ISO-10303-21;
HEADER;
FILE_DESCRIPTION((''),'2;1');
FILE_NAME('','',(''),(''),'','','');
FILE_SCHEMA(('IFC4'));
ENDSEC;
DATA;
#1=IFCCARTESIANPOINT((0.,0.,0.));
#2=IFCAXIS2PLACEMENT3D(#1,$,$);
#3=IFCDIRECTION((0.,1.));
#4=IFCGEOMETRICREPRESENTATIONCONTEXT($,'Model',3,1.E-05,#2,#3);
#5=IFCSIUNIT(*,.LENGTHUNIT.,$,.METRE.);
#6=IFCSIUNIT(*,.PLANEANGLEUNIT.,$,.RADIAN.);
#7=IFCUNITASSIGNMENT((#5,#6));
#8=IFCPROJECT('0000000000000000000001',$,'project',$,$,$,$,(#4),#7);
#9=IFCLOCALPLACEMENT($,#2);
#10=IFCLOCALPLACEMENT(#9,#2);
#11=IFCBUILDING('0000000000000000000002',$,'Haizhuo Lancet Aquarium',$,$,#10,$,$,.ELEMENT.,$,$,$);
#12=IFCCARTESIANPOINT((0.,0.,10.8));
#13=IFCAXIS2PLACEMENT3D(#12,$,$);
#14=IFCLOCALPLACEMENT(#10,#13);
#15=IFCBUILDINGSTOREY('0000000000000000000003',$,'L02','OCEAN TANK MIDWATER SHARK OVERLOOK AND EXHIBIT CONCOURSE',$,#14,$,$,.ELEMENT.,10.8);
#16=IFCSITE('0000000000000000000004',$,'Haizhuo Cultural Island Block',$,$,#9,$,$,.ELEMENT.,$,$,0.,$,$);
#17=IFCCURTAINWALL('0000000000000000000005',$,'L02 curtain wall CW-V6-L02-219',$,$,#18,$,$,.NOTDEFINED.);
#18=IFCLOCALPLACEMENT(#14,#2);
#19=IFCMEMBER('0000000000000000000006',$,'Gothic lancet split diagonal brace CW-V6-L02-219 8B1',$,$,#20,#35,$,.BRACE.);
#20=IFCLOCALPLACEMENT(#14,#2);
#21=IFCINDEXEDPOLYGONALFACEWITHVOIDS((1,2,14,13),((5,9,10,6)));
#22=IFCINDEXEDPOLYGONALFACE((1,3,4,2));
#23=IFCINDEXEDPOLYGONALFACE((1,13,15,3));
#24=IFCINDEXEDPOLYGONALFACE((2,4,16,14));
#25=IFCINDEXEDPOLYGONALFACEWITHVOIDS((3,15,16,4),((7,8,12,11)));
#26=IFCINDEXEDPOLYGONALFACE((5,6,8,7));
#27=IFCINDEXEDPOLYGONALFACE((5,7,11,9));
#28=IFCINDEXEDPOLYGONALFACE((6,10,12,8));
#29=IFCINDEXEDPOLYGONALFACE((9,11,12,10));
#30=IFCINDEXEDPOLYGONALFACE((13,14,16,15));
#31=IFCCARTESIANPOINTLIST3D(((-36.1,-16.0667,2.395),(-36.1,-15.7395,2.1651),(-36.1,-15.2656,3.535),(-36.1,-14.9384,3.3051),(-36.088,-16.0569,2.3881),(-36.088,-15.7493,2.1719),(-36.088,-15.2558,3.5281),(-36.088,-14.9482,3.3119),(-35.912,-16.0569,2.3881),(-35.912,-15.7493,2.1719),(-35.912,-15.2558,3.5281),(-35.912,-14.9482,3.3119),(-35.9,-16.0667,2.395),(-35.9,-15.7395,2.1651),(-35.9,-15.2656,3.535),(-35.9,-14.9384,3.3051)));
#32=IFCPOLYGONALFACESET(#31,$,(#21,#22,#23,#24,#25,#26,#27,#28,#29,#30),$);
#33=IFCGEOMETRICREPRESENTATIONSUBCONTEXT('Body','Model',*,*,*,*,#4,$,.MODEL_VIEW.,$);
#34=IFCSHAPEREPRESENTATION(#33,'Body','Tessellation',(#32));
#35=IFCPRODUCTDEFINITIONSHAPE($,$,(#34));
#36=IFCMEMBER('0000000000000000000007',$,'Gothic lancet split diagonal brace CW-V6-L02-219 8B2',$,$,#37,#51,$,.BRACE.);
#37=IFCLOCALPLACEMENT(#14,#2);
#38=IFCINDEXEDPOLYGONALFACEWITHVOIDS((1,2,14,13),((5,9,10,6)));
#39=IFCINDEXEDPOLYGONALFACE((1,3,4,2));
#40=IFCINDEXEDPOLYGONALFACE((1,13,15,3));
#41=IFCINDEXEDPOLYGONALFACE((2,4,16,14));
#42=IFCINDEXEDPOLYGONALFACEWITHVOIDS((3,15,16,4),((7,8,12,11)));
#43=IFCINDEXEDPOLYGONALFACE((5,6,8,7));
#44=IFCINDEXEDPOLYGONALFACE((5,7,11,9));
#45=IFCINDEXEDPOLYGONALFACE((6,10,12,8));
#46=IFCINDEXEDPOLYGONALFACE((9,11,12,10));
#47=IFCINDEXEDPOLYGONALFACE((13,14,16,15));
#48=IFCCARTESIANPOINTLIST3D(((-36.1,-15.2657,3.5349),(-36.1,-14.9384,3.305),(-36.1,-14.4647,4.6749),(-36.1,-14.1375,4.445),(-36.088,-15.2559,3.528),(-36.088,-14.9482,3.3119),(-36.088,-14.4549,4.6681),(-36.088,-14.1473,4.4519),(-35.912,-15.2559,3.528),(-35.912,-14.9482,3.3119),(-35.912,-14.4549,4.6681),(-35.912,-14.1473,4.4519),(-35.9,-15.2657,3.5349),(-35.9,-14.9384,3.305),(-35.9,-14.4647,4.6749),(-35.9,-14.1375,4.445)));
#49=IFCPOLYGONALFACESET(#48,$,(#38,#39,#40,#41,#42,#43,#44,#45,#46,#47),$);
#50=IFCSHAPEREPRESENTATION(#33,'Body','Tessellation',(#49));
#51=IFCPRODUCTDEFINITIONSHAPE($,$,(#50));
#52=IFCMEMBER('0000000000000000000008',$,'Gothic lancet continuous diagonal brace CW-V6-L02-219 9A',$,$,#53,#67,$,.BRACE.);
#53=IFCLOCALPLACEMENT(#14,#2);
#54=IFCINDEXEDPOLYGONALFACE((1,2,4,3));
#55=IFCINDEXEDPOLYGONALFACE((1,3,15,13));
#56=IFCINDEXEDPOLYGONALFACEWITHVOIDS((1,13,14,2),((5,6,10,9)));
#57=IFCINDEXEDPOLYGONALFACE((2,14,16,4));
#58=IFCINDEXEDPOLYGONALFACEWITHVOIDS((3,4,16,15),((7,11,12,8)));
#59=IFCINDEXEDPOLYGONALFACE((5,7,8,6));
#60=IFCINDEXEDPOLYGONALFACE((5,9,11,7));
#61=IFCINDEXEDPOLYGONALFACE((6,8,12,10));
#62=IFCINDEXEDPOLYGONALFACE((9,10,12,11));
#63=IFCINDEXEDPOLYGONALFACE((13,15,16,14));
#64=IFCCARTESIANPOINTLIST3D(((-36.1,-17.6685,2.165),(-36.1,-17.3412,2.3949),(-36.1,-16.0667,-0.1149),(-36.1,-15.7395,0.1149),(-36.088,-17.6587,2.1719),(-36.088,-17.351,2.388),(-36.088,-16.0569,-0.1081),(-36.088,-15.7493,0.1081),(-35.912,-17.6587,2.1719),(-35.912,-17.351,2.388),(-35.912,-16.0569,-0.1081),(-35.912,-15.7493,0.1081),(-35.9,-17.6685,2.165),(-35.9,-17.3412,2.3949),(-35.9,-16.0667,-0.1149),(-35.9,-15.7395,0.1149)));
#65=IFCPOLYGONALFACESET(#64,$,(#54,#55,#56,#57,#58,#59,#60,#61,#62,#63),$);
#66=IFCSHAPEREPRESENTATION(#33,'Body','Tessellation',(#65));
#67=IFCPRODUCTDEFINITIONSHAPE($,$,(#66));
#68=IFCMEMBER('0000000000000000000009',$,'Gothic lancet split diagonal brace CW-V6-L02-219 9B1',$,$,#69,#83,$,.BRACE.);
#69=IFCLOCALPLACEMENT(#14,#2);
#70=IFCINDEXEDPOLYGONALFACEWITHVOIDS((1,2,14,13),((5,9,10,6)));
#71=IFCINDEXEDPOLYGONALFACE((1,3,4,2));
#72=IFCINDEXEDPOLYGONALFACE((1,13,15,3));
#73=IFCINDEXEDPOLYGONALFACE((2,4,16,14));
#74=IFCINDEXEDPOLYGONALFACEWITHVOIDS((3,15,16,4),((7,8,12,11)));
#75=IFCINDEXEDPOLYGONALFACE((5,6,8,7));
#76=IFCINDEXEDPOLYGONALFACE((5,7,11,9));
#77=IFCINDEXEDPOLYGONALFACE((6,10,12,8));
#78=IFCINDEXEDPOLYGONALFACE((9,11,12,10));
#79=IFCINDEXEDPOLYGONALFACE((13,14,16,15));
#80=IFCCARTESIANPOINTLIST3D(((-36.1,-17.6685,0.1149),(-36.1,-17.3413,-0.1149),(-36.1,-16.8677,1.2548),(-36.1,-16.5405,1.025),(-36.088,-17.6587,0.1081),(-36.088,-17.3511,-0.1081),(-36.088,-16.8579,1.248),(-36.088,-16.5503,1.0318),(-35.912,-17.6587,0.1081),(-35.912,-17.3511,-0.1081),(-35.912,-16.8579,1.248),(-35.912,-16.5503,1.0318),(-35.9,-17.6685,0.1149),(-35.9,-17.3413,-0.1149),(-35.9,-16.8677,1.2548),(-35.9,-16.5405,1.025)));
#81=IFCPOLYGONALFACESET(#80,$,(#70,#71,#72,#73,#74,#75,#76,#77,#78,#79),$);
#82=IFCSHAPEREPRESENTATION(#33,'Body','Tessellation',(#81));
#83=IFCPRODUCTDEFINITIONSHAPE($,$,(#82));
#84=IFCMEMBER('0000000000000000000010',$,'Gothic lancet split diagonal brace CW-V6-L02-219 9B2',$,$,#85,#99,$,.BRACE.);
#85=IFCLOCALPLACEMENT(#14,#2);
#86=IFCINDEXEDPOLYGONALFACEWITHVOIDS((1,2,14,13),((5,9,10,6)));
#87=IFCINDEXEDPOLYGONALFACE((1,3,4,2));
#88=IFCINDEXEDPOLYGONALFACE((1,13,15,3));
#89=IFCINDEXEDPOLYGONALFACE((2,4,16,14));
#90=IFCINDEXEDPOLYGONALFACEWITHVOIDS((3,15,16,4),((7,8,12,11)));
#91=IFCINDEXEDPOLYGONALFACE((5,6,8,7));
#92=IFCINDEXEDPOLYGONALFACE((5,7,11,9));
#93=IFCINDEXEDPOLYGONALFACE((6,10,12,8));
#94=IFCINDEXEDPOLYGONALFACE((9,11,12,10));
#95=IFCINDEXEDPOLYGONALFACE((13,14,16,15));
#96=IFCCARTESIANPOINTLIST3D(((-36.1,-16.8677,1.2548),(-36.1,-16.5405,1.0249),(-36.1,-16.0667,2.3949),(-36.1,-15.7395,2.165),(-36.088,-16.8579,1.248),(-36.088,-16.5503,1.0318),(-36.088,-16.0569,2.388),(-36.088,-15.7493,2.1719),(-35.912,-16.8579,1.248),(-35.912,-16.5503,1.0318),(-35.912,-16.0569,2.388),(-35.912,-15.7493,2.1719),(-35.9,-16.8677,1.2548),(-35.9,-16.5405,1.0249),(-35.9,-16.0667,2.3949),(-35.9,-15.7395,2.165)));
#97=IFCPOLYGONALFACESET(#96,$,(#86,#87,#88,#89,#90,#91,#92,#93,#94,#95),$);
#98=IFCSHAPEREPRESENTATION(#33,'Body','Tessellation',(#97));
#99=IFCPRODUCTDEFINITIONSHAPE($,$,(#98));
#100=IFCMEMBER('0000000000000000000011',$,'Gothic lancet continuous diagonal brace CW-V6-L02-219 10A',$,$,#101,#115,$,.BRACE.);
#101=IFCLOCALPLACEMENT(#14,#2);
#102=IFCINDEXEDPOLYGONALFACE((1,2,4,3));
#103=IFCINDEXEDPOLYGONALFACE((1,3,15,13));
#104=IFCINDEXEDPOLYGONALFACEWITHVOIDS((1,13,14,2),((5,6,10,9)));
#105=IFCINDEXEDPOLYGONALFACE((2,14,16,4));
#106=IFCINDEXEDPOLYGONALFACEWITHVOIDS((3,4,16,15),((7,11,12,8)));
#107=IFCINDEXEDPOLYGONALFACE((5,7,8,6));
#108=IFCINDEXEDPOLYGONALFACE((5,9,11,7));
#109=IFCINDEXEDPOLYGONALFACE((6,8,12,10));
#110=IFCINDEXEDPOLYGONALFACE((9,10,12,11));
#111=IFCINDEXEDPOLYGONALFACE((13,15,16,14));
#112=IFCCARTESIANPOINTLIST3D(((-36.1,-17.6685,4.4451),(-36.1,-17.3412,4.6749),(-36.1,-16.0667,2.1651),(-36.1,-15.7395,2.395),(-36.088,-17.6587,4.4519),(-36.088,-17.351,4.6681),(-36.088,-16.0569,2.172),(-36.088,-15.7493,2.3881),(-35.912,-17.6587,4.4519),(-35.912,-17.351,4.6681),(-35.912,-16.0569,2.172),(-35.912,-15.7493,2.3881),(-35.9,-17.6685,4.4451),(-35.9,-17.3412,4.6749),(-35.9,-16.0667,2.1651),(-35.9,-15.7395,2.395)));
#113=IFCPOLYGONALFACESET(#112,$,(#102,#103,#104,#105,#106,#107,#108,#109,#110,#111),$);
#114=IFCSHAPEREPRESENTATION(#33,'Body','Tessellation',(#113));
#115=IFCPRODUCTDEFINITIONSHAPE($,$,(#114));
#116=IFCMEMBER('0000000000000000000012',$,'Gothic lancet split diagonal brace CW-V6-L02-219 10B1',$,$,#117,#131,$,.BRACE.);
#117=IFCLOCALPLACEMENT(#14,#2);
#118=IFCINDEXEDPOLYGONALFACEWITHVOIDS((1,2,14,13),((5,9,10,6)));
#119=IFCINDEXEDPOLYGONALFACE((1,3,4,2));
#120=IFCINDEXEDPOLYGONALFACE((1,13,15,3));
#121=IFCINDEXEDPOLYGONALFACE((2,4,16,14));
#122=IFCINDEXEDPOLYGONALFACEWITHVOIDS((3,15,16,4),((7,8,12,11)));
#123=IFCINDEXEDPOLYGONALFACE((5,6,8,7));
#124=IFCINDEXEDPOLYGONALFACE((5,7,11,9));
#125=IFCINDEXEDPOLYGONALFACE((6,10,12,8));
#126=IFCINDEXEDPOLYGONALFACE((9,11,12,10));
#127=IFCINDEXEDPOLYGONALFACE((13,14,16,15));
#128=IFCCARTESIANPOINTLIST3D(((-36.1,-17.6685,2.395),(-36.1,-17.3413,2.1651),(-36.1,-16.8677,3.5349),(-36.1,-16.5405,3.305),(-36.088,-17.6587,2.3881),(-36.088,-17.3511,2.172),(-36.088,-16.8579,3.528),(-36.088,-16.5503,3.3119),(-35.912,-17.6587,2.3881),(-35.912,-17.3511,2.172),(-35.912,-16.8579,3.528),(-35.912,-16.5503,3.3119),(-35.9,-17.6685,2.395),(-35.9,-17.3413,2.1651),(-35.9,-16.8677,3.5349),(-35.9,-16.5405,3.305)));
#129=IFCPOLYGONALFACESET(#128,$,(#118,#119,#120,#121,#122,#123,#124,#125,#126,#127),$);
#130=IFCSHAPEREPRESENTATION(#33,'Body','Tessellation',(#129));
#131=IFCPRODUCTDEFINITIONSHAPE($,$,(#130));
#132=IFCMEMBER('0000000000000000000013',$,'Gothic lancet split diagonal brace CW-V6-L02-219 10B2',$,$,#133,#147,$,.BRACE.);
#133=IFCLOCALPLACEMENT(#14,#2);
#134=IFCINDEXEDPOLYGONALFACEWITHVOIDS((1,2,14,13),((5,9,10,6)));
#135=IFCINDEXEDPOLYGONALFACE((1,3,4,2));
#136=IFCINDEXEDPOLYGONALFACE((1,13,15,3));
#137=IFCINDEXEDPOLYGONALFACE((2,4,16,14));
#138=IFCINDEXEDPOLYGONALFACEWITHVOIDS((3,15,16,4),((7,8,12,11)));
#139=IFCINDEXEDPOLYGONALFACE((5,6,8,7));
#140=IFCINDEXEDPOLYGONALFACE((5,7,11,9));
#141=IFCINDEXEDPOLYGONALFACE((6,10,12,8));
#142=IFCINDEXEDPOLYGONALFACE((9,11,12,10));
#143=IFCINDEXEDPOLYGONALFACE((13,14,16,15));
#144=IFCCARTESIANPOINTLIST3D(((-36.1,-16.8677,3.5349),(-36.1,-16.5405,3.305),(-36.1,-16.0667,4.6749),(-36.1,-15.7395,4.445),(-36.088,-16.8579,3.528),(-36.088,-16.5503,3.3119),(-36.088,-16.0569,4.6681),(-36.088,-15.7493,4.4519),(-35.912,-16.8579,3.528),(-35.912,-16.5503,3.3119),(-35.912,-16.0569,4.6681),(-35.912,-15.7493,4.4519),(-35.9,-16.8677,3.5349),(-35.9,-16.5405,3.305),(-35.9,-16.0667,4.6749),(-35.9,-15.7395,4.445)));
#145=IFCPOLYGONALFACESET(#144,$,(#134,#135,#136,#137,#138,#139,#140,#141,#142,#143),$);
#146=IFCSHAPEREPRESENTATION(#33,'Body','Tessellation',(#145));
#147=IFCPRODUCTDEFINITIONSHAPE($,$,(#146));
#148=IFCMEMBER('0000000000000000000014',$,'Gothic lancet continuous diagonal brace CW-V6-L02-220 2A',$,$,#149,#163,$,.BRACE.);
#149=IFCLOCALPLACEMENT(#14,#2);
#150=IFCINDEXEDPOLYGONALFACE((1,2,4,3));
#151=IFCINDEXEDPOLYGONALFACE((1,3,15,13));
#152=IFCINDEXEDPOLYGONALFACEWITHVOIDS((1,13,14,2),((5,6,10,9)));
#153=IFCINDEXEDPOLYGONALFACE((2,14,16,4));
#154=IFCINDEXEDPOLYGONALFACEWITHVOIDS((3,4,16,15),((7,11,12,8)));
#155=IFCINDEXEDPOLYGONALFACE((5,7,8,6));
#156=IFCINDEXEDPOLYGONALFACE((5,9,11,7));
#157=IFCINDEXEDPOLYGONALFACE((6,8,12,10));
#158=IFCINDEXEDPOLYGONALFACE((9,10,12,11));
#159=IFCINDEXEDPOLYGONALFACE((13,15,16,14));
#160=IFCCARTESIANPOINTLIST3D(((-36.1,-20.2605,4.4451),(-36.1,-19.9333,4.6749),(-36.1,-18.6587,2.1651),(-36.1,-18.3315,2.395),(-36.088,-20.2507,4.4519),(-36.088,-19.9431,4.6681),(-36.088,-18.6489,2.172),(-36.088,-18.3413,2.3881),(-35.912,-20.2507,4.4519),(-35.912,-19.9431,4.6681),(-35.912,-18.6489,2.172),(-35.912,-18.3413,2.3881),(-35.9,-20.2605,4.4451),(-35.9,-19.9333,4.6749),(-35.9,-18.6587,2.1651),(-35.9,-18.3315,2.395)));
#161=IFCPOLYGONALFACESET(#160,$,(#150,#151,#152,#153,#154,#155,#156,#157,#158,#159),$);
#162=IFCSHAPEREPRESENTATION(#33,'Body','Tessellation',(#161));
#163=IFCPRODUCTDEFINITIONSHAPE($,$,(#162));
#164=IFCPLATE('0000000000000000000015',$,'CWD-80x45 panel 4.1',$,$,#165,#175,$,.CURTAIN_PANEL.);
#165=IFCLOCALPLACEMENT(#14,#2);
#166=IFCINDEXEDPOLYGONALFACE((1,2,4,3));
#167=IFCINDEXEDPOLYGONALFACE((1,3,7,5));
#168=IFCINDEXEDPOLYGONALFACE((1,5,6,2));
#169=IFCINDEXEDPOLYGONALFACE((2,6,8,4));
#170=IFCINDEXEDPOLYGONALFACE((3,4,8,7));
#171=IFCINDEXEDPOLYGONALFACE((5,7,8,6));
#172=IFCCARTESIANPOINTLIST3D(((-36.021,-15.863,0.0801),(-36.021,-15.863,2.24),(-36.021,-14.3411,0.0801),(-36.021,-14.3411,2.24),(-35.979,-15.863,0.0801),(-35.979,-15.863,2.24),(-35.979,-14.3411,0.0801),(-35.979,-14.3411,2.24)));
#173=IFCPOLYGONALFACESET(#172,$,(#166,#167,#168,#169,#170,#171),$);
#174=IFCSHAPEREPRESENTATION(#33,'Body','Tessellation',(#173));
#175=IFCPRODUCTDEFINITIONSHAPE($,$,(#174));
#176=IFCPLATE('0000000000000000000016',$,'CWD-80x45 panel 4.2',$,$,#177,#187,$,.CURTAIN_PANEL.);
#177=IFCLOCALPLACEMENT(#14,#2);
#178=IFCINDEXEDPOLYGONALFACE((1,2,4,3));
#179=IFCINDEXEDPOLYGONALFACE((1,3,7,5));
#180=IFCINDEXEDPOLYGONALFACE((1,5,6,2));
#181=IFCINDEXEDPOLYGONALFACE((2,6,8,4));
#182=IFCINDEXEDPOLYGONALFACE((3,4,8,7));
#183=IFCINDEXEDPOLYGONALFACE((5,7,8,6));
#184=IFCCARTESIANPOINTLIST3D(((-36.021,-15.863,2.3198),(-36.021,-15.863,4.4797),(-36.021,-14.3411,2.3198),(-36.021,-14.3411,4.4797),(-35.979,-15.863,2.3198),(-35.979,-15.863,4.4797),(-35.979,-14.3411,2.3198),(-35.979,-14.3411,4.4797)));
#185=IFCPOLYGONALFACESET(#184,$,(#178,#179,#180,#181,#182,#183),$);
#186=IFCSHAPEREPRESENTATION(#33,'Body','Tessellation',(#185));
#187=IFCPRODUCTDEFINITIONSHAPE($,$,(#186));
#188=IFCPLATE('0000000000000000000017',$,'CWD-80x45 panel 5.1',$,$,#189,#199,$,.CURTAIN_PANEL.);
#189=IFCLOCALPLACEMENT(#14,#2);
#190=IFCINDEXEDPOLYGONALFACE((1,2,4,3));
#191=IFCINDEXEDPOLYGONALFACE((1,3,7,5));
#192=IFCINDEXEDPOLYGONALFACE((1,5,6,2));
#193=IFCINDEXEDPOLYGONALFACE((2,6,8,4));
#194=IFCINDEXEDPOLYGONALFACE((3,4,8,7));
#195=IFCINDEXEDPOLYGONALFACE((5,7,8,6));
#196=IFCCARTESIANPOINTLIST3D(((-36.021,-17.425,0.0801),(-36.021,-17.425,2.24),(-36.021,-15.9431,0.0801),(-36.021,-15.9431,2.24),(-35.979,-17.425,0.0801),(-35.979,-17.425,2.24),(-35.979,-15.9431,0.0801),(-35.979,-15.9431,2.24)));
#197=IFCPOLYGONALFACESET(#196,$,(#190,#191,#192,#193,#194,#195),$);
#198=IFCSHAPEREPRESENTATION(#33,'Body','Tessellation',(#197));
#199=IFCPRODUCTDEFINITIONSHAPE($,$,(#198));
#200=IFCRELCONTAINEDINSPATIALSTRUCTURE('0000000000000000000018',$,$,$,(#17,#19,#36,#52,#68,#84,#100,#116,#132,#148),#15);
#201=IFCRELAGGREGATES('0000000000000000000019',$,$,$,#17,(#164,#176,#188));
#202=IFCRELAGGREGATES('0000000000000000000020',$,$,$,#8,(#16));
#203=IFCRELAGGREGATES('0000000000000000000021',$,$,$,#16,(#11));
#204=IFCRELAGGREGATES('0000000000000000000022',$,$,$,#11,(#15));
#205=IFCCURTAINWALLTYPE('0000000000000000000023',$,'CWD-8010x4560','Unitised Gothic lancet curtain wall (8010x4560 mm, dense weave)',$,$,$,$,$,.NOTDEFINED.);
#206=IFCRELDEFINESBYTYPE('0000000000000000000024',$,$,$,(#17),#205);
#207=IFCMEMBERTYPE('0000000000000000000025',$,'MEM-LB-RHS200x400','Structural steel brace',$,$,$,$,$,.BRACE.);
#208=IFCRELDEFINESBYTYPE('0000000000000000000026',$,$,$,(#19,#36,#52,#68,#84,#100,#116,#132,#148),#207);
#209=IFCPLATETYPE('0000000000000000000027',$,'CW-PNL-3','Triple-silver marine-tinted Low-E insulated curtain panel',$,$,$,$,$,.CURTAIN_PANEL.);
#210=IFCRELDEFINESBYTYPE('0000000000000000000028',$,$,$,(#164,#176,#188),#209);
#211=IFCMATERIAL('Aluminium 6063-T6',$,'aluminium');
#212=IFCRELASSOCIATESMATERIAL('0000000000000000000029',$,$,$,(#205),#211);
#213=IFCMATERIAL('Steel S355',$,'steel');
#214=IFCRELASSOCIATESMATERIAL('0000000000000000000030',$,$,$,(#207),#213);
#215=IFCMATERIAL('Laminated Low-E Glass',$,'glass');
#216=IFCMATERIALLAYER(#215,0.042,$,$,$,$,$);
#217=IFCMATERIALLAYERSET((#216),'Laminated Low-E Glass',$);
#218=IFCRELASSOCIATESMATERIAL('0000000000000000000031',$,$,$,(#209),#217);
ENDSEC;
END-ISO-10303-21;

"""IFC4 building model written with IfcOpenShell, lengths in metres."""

from ifc_helpers import new_model, si_unit, direction, frame, origin, origin_2d, place, context, subcontext, project, spatial, rectangle, hollow_rectangle, extrude, material, layer, layer_set, material_profile, profile_set, type_object, element, aggregate, save


model = new_model("IFC4")

# Units and contexts
model_context = context("Model", 3, precision=1e-05, world=origin(), true_north=direction((0.0, 1.0)))
body_context = subcontext(model_context, "Body", "Model", "MODEL_VIEW")
ifc_project = project(units=[si_unit("LENGTHUNIT", "METRE"), si_unit("PLANEANGLEUNIT", "RADIAN")], contexts=[model_context])

# Site, building, storey
site_placement = place(None, origin())
site = spatial("IfcSite", under=ifc_project, at=site_placement, Name="Haizhuo Cultural Island Block", CompositionType="ELEMENT", RefElevation=0.0)
building_placement = place(site_placement, origin())
building = spatial("IfcBuilding", under=site, at=building_placement, Name="Haizhuo Lancet Aquarium", CompositionType="ELEMENT")
storey_placement = place(building_placement, frame((0.0, 0.0, 10.8)))
storey = spatial("IfcBuildingStorey", under=building, at=storey_placement, Name="L02", Description="OCEAN TANK MIDWATER SHARK OVERLOOK AND EXHIBIT CONCOURSE", CompositionType="ELEMENT", Elevation=10.8)

# Shared definitions
ifc_material_1 = material(Name="Steel S355", Category="steel")

# Curtain wall
ifc_material_2 = material(Name="Aluminium 6063-T6", Category="aluminium")
curtain_wall_type = type_object("IfcCurtainWallType", Name="CWD-8010x4560", Description="Unitised Gothic lancet curtain wall (8010x4560 mm, dense weave)", PredefinedType="NOTDEFINED", material=ifc_material_2)
curtain_wall_placement = place(storey_placement, origin())
curtain_wall = element("IfcCurtainWall", 1, at=curtain_wall_placement, inside=storey, type_object=curtain_wall_type, Name="L02 curtain wall CW-V6-L02-219", PredefinedType="NOTDEFINED")

# Members
ifc_material_profile_1 = material_profile(ifc_material_1, hollow_rectangle(XDim=0.2, YDim=0.3999, WallThickness=0.012, at=origin_2d()), Name="RHS 200x400x12")
ifc_profile_set_1 = profile_set([ifc_material_profile_1], Name="Steel S355")
member_type_1 = type_object("IfcMemberType", Name="MEM-LB-RHS200x400", Description="Structural steel brace", PredefinedType="BRACE", material=ifc_profile_set_1)
for number, where, z_axis, x_axis, name in (
    (2, (-36.0, -15.9031, 2.28), (0.0, 0.574955, 0.818185), (-1.0, 0.0, 0.0), "Gothic lancet split diagonal brace CW-V6-L02-219 8B1"),
    (3, (-36.0, -15.1021, 3.4199), (0.0, 0.574873, 0.818243), (-1.0, 0.0, 0.0), "Gothic lancet split diagonal brace CW-V6-L02-219 8B2"),
):
    element("IfcMember", number, at=place(storey_placement, frame(where, z_axis=z_axis, x_axis=x_axis)), inside=storey, type_object=member_type_1, Name=name, PredefinedType="BRACE", context=body_context, shape_type="SweptSolid", body=[
        extrude(hollow_rectangle(XDim=0.2, YDim=0.3999, WallThickness=0.012, at=origin_2d()), origin(), (0.0, 0.0, 1.0), 1.3933),
    ])
member_1_placement = place(storey_placement, frame((-36.0, -15.9031, 0.0), z_axis=(0.0, -0.574855, 0.818255), x_axis=(1.0, 0.0, 0.0)))
element("IfcMember", 4, at=member_1_placement, inside=storey, type_object=member_type_1, Name="Gothic lancet continuous diagonal brace CW-V6-L02-219 9A", PredefinedType="BRACE", context=body_context, shape_type="SweptSolid", body=[
    extrude(hollow_rectangle(XDim=0.2, YDim=0.3999, WallThickness=0.012, at=origin_2d()), origin(), (0.0, 0.0, 1.0), 2.7864),
])
member_2_placement = place(storey_placement, frame((-36.0, -17.5049, 0.0), z_axis=(0.0, 0.574838, 0.818267), x_axis=(-1.0, 0.0, 0.0)))
element("IfcMember", 5, at=member_2_placement, inside=storey, type_object=member_type_1, Name="Gothic lancet split diagonal brace CW-V6-L02-219 9B1", PredefinedType="BRACE", context=body_context, shape_type="SweptSolid", body=[
    extrude(hollow_rectangle(XDim=0.2, YDim=0.3999, WallThickness=0.012, at=origin_2d()), origin(), (0.0, 0.0, 1.0), 1.3931),
])
member_3_placement = place(storey_placement, frame((-36.0, -16.7041, 1.1399), z_axis=(0.0, 0.574873, 0.818243), x_axis=(-1.0, 0.0, 0.0)))
element("IfcMember", 6, at=member_3_placement, inside=storey, type_object=member_type_1, Name="Gothic lancet split diagonal brace CW-V6-L02-219 9B2", PredefinedType="BRACE", context=body_context, shape_type="SweptSolid", body=[
    extrude(hollow_rectangle(XDim=0.2, YDim=0.3999, WallThickness=0.012, at=origin_2d()), origin(), (0.0, 0.0, 1.0), 1.3933),
])
member_4_placement = place(storey_placement, frame((-36.0, -15.9031, 2.28), z_axis=(0.0, -0.574855, 0.818255), x_axis=(1.0, 0.0, 0.0)))
element("IfcMember", 7, at=member_4_placement, inside=storey, type_object=member_type_1, Name="Gothic lancet continuous diagonal brace CW-V6-L02-219 10A", PredefinedType="BRACE", context=body_context, shape_type="SweptSolid", body=[
    extrude(hollow_rectangle(XDim=0.2, YDim=0.3999, WallThickness=0.012, at=origin_2d()), origin(), (0.0, 0.0, 1.0), 2.7864),
])
member_5_placement = place(storey_placement, frame((-36.0, -17.5049, 2.28), z_axis=(0.0, 0.574838, 0.818267), x_axis=(-1.0, 0.0, 0.0)))
element("IfcMember", 8, at=member_5_placement, inside=storey, type_object=member_type_1, Name="Gothic lancet split diagonal brace CW-V6-L02-219 10B1", PredefinedType="BRACE", context=body_context, shape_type="SweptSolid", body=[
    extrude(hollow_rectangle(XDim=0.2, YDim=0.3999, WallThickness=0.012, at=origin_2d()), origin(), (0.0, 0.0, 1.0), 1.3931),
])
member_6_placement = place(storey_placement, frame((-36.0, -16.7041, 3.4199), z_axis=(0.0, 0.574873, 0.818243), x_axis=(-1.0, 0.0, 0.0)))
element("IfcMember", 9, at=member_6_placement, inside=storey, type_object=member_type_1, Name="Gothic lancet split diagonal brace CW-V6-L02-219 10B2", PredefinedType="BRACE", context=body_context, shape_type="SweptSolid", body=[
    extrude(hollow_rectangle(XDim=0.2, YDim=0.3999, WallThickness=0.012, at=origin_2d()), origin(), (0.0, 0.0, 1.0), 1.3933),
])
member_7_placement = place(storey_placement, frame((-36.0, -18.4951, 2.28), z_axis=(0.0, -0.574855, 0.818255), x_axis=(1.0, 0.0, 0.0)))
element("IfcMember", 10, at=member_7_placement, inside=storey, type_object=member_type_1, Name="Gothic lancet continuous diagonal brace CW-V6-L02-220 2A", PredefinedType="BRACE", context=body_context, shape_type="SweptSolid", body=[
    extrude(hollow_rectangle(XDim=0.2, YDim=0.3999, WallThickness=0.012, at=origin_2d()), origin(), (0.0, 0.0, 1.0), 2.7864),
])

# Plates
ifc_material_3 = material(Name="Laminated Low-E Glass", Category="glass")
ifc_layer = layer(ifc_material_3, 0.042)
ifc_layer_set = layer_set([ifc_layer], Name="Laminated Low-E Glass")
plate_type = type_object("IfcPlateType", Name="CW-PNL-3", Description="Triple-silver marine-tinted Low-E insulated curtain panel", PredefinedType="CURTAIN_PANEL", material=ifc_layer_set)
plate_1_placement = place(storey_placement, frame((-36.0, -15.1021, 0.0801), z_axis=(0.0, 0.0, 1.0), x_axis=(0.0, -1.0, 0.0)))
plate_1 = element("IfcPlate", 11, at=plate_1_placement, type_object=plate_type, Name="CWD-80x45 panel 4.1", PredefinedType="CURTAIN_PANEL", context=body_context, shape_type="SweptSolid", body=[
    extrude(rectangle(XDim=1.522, YDim=0.042, at=origin_2d()), origin(), (0.0, 0.0, 1.0), 2.1599),
])
plate_2_placement = place(storey_placement, frame((-36.0, -15.1021, 2.3198), z_axis=(0.0, 0.0, 1.0), x_axis=(0.0, -1.0, 0.0)))
plate_2 = element("IfcPlate", 12, at=plate_2_placement, type_object=plate_type, Name="CWD-80x45 panel 4.2", PredefinedType="CURTAIN_PANEL", context=body_context, shape_type="SweptSolid", body=[
    extrude(rectangle(XDim=1.522, YDim=0.042, at=origin_2d()), origin(), (0.0, 0.0, 1.0), 2.1599),
])
plate_3_placement = place(storey_placement, frame((-36.0, -16.6841, 0.0801), z_axis=(0.0, 0.0, 1.0), x_axis=(0.0, -1.0, 0.0)))
plate_3 = element("IfcPlate", 13, at=plate_3_placement, type_object=plate_type, Name="CWD-80x45 panel 5.1", PredefinedType="CURTAIN_PANEL", context=body_context, shape_type="SweptSolid", body=[
    extrude(rectangle(XDim=1.4819, YDim=0.042, at=origin_2d()), origin(), (0.0, 0.0, 1.0), 2.1599),
])
aggregate(curtain_wall, [plate_1, plate_2, plate_3])

save(model, "model.ifc")
